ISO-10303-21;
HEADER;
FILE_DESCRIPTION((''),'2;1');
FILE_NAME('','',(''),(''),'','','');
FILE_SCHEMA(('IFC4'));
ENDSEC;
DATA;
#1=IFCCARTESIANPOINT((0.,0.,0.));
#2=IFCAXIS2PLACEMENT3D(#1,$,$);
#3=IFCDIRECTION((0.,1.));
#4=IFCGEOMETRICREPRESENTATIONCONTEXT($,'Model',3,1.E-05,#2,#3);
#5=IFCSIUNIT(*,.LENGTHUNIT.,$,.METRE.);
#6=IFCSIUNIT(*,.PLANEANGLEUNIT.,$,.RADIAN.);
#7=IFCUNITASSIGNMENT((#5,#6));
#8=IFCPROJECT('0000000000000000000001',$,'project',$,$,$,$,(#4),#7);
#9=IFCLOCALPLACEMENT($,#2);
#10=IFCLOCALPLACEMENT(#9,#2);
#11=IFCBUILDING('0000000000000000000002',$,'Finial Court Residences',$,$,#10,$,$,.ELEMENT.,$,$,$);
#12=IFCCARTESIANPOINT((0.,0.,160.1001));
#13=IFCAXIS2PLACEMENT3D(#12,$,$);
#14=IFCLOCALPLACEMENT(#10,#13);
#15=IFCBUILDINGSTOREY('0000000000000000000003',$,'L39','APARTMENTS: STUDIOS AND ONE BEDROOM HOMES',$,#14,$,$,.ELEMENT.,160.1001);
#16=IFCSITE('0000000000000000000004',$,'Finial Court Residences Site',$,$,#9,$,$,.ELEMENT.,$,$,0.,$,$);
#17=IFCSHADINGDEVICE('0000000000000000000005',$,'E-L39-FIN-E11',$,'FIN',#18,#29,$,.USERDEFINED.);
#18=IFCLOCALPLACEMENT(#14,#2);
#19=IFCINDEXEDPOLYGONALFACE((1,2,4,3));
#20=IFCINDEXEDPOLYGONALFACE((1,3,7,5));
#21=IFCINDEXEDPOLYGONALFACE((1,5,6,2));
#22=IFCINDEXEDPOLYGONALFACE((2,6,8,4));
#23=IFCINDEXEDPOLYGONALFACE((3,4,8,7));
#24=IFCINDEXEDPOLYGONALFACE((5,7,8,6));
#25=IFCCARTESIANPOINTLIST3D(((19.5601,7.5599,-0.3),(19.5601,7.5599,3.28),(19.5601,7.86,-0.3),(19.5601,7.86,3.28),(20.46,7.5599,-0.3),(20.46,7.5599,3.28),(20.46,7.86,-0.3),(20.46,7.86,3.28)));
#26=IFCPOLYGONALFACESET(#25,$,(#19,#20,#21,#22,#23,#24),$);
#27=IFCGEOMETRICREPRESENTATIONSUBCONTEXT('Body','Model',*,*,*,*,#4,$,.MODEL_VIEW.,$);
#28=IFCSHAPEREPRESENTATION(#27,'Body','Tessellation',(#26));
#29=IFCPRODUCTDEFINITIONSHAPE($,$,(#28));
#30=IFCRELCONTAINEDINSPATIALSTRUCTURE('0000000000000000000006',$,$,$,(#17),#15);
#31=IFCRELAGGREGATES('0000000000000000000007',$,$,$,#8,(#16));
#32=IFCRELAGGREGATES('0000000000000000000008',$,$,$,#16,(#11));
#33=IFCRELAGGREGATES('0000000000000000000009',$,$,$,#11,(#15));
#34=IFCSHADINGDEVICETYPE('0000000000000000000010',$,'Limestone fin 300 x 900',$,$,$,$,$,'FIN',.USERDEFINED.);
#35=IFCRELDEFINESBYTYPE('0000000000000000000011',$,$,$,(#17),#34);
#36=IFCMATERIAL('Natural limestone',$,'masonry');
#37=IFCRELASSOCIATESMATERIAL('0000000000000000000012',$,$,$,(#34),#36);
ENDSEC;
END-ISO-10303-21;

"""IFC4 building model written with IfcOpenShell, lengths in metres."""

from ifc_helpers import new_model, si_unit, direction, frame, origin, origin_2d, place, context, subcontext, project, spatial, rectangle, extrude, material, type_object, element, save


model = new_model("IFC4")

# Units and contexts
model_context = context("Model", 3, precision=1e-05, world=origin(), true_north=direction((0.0, 1.0)))
body_context = subcontext(model_context, "Body", "Model", "MODEL_VIEW")
ifc_project = project(units=[si_unit("LENGTHUNIT", "METRE"), si_unit("PLANEANGLEUNIT", "RADIAN")], contexts=[model_context])

# Site, building, storey
site_placement = place(None, origin())
site = spatial("IfcSite", under=ifc_project, at=site_placement, Name="Finial Court Residences Site", CompositionType="ELEMENT", RefElevation=0.0)
building_placement = place(site_placement, origin())
building = spatial("IfcBuilding", under=site, at=building_placement, Name="Finial Court Residences", CompositionType="ELEMENT")
storey_placement = place(building_placement, frame((0.0, 0.0, 160.1001)))
storey = spatial("IfcBuildingStorey", under=building, at=storey_placement, Name="L39", Description="APARTMENTS: STUDIOS AND ONE BEDROOM HOMES", CompositionType="ELEMENT", Elevation=160.1001)

# Shared definitions
ifc_material_1 = material(Name="Natural limestone", Category="masonry")

# Shading device
shading_device_type = type_object("IfcShadingDeviceType", Name="Limestone fin 300 x 900", ElementType="FIN", PredefinedType="USERDEFINED", material=ifc_material_1)
shading_device_1_placement = place(storey_placement, frame((20.01, 7.71, -0.3), z_axis=(0.0, 0.0, 1.0), x_axis=(1.0, 0.0, 0.0)))
element("IfcShadingDevice", 1, at=shading_device_1_placement, inside=storey, type_object=shading_device_type, Name="E-L39-FIN-E11", ObjectType="FIN", PredefinedType="USERDEFINED", context=body_context, shape_type="SweptSolid", body=[
    extrude(rectangle(XDim=0.8999, YDim=0.3, at=origin_2d()), origin(), (0.0, 0.0, 1.0), 3.5801),
])

save(model, "model.ifc")
